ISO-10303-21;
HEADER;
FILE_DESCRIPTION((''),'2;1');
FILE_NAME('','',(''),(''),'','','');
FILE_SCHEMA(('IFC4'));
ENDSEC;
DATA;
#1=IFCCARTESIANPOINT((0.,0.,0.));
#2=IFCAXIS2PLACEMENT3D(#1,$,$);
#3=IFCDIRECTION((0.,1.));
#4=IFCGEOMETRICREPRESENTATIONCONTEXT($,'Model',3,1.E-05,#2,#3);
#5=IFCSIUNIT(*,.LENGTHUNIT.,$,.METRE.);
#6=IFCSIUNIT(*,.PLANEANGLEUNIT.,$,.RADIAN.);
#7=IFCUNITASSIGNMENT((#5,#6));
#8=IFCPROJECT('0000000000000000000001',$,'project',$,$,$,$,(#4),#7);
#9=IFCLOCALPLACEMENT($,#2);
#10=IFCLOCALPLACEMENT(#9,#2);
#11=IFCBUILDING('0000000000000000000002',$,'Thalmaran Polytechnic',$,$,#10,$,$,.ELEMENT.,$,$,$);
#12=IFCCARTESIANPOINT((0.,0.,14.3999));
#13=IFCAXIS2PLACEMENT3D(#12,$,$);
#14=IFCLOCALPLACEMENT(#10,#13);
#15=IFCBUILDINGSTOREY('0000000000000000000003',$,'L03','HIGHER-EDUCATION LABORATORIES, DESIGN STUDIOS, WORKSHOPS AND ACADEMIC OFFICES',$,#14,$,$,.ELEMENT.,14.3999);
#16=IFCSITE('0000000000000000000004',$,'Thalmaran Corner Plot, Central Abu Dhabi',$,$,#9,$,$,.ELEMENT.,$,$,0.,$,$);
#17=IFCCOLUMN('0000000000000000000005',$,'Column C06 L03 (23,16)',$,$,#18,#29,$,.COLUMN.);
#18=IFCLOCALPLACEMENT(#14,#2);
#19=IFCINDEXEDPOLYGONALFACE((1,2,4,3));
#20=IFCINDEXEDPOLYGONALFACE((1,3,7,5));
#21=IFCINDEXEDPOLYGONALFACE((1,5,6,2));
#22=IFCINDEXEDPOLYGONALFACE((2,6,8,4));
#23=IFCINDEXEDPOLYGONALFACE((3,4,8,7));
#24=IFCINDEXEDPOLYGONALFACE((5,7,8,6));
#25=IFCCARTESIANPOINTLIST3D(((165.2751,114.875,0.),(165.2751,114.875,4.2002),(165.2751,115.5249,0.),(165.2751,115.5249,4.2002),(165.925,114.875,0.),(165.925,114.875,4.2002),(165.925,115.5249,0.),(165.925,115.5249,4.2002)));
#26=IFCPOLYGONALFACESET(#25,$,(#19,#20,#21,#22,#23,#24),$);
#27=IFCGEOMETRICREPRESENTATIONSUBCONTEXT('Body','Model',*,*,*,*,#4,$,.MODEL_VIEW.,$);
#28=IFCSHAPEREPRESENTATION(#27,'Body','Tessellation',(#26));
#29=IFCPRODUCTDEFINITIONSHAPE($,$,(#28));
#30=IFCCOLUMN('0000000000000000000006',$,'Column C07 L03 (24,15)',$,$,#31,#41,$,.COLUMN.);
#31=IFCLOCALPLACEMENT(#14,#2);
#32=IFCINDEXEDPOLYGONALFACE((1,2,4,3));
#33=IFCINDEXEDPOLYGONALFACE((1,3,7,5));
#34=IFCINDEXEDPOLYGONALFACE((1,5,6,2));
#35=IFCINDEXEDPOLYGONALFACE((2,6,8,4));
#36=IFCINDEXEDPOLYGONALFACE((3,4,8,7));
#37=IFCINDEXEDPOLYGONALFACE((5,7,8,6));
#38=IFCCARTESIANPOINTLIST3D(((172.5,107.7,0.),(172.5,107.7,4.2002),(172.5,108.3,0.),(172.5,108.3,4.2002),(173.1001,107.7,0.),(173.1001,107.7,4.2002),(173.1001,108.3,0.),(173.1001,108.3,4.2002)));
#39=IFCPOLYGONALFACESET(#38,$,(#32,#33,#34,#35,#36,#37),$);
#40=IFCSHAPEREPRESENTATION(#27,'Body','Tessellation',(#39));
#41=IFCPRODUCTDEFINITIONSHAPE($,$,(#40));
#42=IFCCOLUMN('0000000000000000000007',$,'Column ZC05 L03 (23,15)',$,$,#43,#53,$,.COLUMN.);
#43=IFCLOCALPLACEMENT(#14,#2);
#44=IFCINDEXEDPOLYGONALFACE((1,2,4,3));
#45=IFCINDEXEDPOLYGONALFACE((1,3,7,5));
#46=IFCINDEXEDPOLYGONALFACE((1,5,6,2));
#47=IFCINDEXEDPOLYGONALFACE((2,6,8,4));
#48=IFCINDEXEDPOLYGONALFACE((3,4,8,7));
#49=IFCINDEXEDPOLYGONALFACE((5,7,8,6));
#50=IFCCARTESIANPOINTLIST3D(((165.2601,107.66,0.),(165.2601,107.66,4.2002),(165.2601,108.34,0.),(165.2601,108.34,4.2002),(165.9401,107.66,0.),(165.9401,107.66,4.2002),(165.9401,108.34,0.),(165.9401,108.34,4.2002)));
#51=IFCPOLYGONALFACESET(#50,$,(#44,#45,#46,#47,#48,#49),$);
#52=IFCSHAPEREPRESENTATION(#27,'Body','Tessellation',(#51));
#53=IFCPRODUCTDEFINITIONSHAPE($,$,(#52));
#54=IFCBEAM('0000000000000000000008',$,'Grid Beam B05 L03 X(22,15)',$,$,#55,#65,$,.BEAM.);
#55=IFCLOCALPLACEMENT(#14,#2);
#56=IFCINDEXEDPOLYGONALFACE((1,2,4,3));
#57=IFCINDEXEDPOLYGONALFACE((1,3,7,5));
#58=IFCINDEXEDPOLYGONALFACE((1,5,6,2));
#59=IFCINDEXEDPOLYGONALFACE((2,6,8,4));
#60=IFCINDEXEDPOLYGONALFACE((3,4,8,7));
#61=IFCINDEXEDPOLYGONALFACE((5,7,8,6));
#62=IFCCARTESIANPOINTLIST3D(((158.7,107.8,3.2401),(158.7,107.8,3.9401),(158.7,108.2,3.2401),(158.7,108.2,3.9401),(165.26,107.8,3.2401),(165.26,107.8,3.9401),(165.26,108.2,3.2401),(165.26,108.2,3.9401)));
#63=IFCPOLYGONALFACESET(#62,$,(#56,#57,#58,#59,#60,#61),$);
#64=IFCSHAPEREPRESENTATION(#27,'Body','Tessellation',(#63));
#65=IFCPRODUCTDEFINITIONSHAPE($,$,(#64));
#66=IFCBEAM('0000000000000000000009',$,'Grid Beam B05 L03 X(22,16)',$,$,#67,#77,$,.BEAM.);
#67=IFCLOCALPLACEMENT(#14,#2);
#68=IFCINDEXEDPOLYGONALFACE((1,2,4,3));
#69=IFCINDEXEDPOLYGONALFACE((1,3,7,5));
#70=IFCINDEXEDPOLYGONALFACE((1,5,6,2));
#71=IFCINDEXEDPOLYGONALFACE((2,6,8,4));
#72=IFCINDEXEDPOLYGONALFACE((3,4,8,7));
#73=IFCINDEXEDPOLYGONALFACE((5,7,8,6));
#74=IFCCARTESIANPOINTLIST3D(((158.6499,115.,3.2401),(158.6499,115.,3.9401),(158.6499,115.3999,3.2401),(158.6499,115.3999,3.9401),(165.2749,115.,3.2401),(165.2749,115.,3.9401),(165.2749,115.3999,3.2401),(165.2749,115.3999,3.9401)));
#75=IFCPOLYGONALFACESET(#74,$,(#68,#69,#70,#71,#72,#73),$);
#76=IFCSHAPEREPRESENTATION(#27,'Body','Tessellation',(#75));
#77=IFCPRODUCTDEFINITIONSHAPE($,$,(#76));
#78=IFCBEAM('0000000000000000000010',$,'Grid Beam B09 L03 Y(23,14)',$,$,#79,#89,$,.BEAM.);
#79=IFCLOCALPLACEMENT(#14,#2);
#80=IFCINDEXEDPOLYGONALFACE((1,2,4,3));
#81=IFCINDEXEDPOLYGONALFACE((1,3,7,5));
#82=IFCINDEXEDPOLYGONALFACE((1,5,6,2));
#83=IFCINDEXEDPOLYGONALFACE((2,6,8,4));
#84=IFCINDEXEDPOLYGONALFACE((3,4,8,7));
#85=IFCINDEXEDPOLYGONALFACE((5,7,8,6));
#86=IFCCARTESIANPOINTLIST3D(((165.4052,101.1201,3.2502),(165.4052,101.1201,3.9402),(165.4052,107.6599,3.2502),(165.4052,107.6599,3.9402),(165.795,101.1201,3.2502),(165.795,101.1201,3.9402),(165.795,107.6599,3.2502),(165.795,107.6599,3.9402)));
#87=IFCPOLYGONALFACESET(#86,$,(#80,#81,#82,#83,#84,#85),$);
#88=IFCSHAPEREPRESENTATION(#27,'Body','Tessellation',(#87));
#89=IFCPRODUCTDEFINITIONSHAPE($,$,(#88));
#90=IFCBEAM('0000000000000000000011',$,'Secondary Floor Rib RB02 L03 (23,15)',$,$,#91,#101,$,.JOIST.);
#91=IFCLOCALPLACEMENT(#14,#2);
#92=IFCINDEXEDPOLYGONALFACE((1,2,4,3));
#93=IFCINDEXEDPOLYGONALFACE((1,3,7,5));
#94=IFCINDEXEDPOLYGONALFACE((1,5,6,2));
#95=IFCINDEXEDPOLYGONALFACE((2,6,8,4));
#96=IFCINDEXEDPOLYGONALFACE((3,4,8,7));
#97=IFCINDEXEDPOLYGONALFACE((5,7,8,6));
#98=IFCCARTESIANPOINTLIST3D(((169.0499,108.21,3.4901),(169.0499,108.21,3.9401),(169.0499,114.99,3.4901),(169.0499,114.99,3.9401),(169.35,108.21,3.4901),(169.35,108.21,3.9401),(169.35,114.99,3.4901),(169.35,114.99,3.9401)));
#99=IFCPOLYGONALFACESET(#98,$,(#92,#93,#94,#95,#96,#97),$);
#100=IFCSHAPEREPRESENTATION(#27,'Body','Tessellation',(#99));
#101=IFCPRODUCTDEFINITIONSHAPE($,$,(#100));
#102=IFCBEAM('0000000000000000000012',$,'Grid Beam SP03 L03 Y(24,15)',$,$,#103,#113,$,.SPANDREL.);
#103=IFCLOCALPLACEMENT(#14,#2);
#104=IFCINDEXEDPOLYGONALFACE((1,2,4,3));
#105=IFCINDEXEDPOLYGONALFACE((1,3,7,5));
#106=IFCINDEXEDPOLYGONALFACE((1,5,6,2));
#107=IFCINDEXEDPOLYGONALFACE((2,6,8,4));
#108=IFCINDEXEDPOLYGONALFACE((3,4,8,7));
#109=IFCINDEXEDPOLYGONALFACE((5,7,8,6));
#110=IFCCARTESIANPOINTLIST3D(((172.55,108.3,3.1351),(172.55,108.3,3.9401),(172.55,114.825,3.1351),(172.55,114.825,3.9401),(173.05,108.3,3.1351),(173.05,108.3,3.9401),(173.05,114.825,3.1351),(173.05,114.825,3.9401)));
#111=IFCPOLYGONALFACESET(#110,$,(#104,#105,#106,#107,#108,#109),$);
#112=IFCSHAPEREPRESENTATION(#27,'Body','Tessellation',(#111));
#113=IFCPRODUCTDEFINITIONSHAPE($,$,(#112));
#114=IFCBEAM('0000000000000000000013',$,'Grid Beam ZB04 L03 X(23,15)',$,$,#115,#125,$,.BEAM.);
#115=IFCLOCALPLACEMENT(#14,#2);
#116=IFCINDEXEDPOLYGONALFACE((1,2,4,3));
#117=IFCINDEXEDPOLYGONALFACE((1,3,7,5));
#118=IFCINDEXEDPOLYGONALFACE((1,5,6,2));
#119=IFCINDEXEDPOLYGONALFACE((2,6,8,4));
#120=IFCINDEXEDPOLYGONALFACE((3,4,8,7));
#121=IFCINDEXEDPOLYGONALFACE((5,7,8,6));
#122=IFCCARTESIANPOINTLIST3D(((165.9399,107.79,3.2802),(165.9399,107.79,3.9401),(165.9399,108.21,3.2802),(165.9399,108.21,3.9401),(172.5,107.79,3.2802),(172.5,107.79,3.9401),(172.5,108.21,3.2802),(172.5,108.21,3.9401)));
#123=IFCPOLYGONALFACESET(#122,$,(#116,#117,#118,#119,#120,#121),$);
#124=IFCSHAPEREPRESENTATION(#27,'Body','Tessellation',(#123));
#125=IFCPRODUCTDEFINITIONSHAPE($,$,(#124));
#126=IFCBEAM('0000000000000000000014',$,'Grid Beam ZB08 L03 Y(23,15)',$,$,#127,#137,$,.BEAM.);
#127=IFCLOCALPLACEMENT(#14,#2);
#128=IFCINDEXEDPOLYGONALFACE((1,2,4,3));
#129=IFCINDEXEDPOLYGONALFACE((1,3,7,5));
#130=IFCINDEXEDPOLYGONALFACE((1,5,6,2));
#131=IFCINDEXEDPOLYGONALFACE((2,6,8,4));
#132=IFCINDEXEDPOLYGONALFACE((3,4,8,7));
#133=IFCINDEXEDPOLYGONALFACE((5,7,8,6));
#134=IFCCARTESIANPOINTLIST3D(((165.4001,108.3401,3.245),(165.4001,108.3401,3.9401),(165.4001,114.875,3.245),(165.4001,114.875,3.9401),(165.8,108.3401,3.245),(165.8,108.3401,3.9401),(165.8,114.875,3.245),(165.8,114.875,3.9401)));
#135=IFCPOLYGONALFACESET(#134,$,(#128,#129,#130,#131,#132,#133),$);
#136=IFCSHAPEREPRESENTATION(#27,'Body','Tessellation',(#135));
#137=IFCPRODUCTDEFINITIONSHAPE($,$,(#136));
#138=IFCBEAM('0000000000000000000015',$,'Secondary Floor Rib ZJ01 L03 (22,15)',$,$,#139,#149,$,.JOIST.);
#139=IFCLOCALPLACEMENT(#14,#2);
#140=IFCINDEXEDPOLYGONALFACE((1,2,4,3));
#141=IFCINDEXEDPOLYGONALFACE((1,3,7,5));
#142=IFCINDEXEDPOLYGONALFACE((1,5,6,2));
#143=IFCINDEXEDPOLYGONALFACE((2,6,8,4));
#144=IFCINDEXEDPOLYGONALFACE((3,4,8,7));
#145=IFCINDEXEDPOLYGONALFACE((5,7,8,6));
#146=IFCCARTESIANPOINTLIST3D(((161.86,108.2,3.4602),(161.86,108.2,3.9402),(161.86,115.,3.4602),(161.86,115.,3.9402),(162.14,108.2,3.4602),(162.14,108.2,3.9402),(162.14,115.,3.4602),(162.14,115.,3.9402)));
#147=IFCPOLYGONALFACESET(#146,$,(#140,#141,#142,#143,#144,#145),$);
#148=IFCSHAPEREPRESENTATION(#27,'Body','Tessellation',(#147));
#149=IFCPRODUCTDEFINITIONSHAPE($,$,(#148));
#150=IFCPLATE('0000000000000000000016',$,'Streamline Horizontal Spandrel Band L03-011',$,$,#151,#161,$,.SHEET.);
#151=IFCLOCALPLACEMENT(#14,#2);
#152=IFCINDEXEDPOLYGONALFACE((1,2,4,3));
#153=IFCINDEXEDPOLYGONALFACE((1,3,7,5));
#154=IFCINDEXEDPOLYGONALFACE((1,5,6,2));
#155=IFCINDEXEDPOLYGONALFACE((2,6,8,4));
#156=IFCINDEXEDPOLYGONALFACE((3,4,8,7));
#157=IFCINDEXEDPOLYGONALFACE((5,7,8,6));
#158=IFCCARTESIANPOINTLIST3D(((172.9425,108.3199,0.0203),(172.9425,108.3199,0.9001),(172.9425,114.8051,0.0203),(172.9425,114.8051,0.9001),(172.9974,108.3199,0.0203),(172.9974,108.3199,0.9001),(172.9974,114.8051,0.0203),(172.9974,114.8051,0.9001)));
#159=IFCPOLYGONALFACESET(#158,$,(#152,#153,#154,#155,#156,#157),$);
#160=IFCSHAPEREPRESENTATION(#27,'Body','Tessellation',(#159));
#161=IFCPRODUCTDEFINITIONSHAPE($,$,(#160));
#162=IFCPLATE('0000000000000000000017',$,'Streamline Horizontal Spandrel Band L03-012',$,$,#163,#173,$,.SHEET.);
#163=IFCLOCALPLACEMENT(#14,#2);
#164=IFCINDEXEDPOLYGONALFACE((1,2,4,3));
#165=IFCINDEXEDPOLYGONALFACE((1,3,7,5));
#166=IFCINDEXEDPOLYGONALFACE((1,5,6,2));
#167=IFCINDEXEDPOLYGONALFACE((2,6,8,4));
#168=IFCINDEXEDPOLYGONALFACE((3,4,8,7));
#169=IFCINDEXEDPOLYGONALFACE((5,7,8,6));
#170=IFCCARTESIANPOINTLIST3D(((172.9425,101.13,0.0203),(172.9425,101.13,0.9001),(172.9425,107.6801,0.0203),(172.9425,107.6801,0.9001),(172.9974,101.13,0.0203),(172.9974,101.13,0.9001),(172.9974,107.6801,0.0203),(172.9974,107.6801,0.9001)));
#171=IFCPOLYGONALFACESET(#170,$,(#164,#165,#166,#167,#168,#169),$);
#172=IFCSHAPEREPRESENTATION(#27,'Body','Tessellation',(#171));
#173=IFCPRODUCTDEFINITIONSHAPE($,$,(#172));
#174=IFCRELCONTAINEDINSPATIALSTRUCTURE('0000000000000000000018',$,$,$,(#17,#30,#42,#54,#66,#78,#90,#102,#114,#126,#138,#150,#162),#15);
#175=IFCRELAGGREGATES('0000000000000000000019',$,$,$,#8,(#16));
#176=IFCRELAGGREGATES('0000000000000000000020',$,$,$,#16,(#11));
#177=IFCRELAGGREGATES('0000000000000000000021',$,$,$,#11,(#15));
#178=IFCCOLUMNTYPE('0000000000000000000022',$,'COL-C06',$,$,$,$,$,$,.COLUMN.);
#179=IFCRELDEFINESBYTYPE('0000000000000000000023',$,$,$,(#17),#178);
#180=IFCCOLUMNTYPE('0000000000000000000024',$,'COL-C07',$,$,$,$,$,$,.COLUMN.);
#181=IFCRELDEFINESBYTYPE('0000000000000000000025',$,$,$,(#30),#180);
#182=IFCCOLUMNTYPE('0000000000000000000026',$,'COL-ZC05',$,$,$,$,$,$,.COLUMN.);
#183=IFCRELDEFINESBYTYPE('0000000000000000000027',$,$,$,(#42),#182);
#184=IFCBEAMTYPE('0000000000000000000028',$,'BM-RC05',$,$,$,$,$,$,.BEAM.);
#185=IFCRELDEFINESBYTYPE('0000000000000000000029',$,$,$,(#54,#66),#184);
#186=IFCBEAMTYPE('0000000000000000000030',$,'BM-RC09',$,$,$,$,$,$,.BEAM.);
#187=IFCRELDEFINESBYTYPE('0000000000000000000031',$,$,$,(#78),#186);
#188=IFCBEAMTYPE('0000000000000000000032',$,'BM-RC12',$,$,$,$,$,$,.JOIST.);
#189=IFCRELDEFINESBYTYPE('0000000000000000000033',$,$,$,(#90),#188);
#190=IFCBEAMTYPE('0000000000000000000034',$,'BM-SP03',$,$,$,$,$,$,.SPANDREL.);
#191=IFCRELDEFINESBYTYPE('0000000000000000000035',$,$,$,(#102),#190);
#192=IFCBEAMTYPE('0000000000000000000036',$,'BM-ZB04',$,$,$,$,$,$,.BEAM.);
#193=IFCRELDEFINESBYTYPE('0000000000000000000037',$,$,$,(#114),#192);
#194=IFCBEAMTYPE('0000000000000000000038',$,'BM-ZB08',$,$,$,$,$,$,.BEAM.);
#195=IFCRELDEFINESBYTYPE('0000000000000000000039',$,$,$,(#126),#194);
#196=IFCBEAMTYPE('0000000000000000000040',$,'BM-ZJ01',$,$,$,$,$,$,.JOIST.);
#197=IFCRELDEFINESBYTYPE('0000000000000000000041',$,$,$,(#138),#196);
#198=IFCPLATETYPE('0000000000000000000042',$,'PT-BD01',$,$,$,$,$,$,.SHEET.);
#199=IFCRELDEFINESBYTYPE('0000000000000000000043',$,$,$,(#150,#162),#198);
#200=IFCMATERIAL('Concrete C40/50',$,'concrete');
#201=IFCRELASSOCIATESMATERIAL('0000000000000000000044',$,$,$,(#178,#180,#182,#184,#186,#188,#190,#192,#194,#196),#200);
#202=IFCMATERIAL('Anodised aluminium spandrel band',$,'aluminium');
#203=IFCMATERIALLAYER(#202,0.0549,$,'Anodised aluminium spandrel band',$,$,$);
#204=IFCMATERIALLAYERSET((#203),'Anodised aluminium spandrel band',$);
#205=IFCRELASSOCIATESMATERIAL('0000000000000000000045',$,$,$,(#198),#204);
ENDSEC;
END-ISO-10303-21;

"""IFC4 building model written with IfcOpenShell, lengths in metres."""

from ifc_helpers import new_model, si_unit, direction, frame, origin, origin_2d, place, context, subcontext, project, spatial, rectangle, extrude, material, layer, layer_set, material_profile, profile_set, type_object, element, save


model = new_model("IFC4")

# Units and contexts
model_context = context("Model", 3, precision=1e-05, world=origin(), true_north=direction((0.0, 1.0)))
body_context = subcontext(model_context, "Body", "Model", "MODEL_VIEW")
ifc_project = project(units=[si_unit("LENGTHUNIT", "METRE"), si_unit("PLANEANGLEUNIT", "RADIAN")], contexts=[model_context])

# Site, building, storey
site_placement = place(None, origin())
site = spatial("IfcSite", under=ifc_project, at=site_placement, Name="Thalmaran Corner Plot, Central Abu Dhabi", CompositionType="ELEMENT", RefElevation=0.0)
building_placement = place(site_placement, origin())
building = spatial("IfcBuilding", under=site, at=building_placement, Name="Thalmaran Polytechnic", CompositionType="ELEMENT")
storey_placement = place(building_placement, frame((0.0, 0.0, 14.3999)))
storey = spatial("IfcBuildingStorey", under=building, at=storey_placement, Name="L03", Description="HIGHER-EDUCATION LABORATORIES, DESIGN STUDIOS, WORKSHOPS AND ACADEMIC OFFICES", CompositionType="ELEMENT", Elevation=14.3999)

# Columns
ifc_material_1 = material(Name="Concrete C40/50", Category="concrete")
ifc_material_profile_1 = material_profile(ifc_material_1, rectangle(XDim=0.6499, YDim=0.6499, at=origin_2d()), Name="RC 650x650")
ifc_profile_set_1 = profile_set([ifc_material_profile_1], Name="Concrete C40/50")
column_type_1 = type_object("IfcColumnType", Name="COL-C06", PredefinedType="COLUMN", material=ifc_profile_set_1)
column_1_placement = place(storey_placement, frame((165.6001, 115.2, 0.0), z_axis=(0.0, 0.0, 1.0), x_axis=(1.0, 0.0, 0.0)))
element("IfcColumn", 1, at=column_1_placement, inside=storey, type_object=column_type_1, Name="Column C06 L03 (23,16)", PredefinedType="COLUMN", context=body_context, shape_type="SweptSolid", body=[
    extrude(rectangle(XDim=0.6499, YDim=0.6499, at=origin_2d()), origin(), (0.0, 0.0, 1.0), 4.2002),
])
ifc_material_profile_2 = material_profile(ifc_material_1, rectangle(XDim=0.6001, YDim=0.6001, at=origin_2d()), Name="RC 600x600")
ifc_profile_set_2 = profile_set([ifc_material_profile_2], Name="Concrete C40/50")
column_type_2 = type_object("IfcColumnType", Name="COL-C07", PredefinedType="COLUMN", material=ifc_profile_set_2)
column_2_placement = place(storey_placement, frame((172.8, 108.0, 0.0), z_axis=(0.0, 0.0, 1.0), x_axis=(1.0, 0.0, 0.0)))
element("IfcColumn", 2, at=column_2_placement, inside=storey, type_object=column_type_2, Name="Column C07 L03 (24,15)", PredefinedType="COLUMN", context=body_context, shape_type="SweptSolid", body=[
    extrude(rectangle(XDim=0.6001, YDim=0.6001, at=origin_2d()), origin(), (0.0, 0.0, 1.0), 4.2002),
])
ifc_material_profile_3 = material_profile(ifc_material_1, rectangle(XDim=0.6799, YDim=0.6799, at=origin_2d()), Name="RC 680x680")
ifc_profile_set_3 = profile_set([ifc_material_profile_3], Name="Concrete C40/50")
column_type_3 = type_object("IfcColumnType", Name="COL-ZC05", PredefinedType="COLUMN", material=ifc_profile_set_3)
column_3_placement = place(storey_placement, frame((165.6001, 108.0, 0.0), z_axis=(0.0, 0.0, 1.0), x_axis=(1.0, 0.0, 0.0)))
element("IfcColumn", 3, at=column_3_placement, inside=storey, type_object=column_type_3, Name="Column ZC05 L03 (23,15)", PredefinedType="COLUMN", context=body_context, shape_type="SweptSolid", body=[
    extrude(rectangle(XDim=0.6799, YDim=0.6799, at=origin_2d()), origin(), (0.0, 0.0, 1.0), 4.2002),
])

# Beams
ifc_material_profile_4 = material_profile(ifc_material_1, rectangle(XDim=0.3999, YDim=0.7, at=origin_2d()), Name="RC 400x700")
ifc_profile_set_4 = profile_set([ifc_material_profile_4], Name="Concrete C40/50")
beam_type_1 = type_object("IfcBeamType", Name="BM-RC05", PredefinedType="BEAM", material=ifc_profile_set_4)
beam_1_placement = place(storey_placement, frame((158.7, 108.0, 3.5901), z_axis=(1.0, 0.0, 0.0), x_axis=(0.0, 1.0, 0.0)))
element("IfcBeam", 4, at=beam_1_placement, inside=storey, type_object=beam_type_1, Name="Grid Beam B05 L03 X(22,15)", PredefinedType="BEAM", context=body_context, shape_type="SweptSolid", body=[
    extrude(rectangle(XDim=0.3999, YDim=0.7, at=origin_2d()), origin(), (0.0, 0.0, 1.0), 6.5601),
])
beam_2_placement = place(storey_placement, frame((158.6499, 115.2, 3.5901), z_axis=(1.0, 0.0, 0.0), x_axis=(0.0, 1.0, 0.0)))
element("IfcBeam", 5, at=beam_2_placement, inside=storey, type_object=beam_type_1, Name="Grid Beam B05 L03 X(22,16)", PredefinedType="BEAM", context=body_context, shape_type="SweptSolid", body=[
    extrude(rectangle(XDim=0.3999, YDim=0.7, at=origin_2d()), origin(), (0.0, 0.0, 1.0), 6.625),
])
ifc_material_profile_5 = material_profile(ifc_material_1, rectangle(XDim=0.3899, YDim=0.6899, at=origin_2d()), Name="RC 390x690")
ifc_profile_set_5 = profile_set([ifc_material_profile_5], Name="Concrete C40/50")
beam_type_2 = type_object("IfcBeamType", Name="BM-RC09", PredefinedType="BEAM", material=ifc_profile_set_5)
beam_3_placement = place(storey_placement, frame((165.6001, 101.1201, 3.5952), z_axis=(0.0, 1.0, 0.0), x_axis=(-1.0, 0.0, 0.0)))
element("IfcBeam", 6, at=beam_3_placement, inside=storey, type_object=beam_type_2, Name="Grid Beam B09 L03 Y(23,14)", PredefinedType="BEAM", context=body_context, shape_type="SweptSolid", body=[
    extrude(rectangle(XDim=0.3899, YDim=0.6899, at=origin_2d()), origin(), (0.0, 0.0, 1.0), 6.5398),
])
ifc_material_profile_6 = material_profile(ifc_material_1, rectangle(XDim=0.3, YDim=0.45, at=origin_2d()), Name="RC 300x450")
ifc_profile_set_6 = profile_set([ifc_material_profile_6], Name="Concrete C40/50")
beam_type_3 = type_object("IfcBeamType", Name="BM-RC12", PredefinedType="JOIST", material=ifc_profile_set_6)
beam_4_placement = place(storey_placement, frame((169.2, 108.21, 3.7151), z_axis=(0.0, 1.0, 0.0), x_axis=(-1.0, 0.0, 0.0)))
element("IfcBeam", 7, at=beam_4_placement, inside=storey, type_object=beam_type_3, Name="Secondary Floor Rib RB02 L03 (23,15)", PredefinedType="JOIST", context=body_context, shape_type="SweptSolid", body=[
    extrude(rectangle(XDim=0.3, YDim=0.45, at=origin_2d()), origin(), (0.0, 0.0, 1.0), 6.78),
])
ifc_material_profile_7 = material_profile(ifc_material_1, rectangle(XDim=0.5, YDim=0.8049, at=origin_2d()), Name="RC 500x805")
ifc_profile_set_7 = profile_set([ifc_material_profile_7], Name="Concrete C40/50")
beam_type_4 = type_object("IfcBeamType", Name="BM-SP03", PredefinedType="SPANDREL", material=ifc_profile_set_7)
beam_5_placement = place(storey_placement, frame((172.8, 108.3, 3.5376), z_axis=(0.0, 1.0, 0.0), x_axis=(-1.0, 0.0, 0.0)))
element("IfcBeam", 8, at=beam_5_placement, inside=storey, type_object=beam_type_4, Name="Grid Beam SP03 L03 Y(24,15)", PredefinedType="SPANDREL", context=body_context, shape_type="SweptSolid", body=[
    extrude(rectangle(XDim=0.5, YDim=0.8049, at=origin_2d()), origin(), (0.0, 0.0, 1.0), 6.5249),
])
ifc_material_profile_8 = material_profile(ifc_material_1, rectangle(XDim=0.4199, YDim=0.6599, at=origin_2d()), Name="RC 420x660")
ifc_profile_set_8 = profile_set([ifc_material_profile_8], Name="Concrete C40/50")
beam_type_5 = type_object("IfcBeamType", Name="BM-ZB04", PredefinedType="BEAM", material=ifc_profile_set_8)
beam_6_placement = place(storey_placement, frame((165.9399, 108.0, 3.6101), z_axis=(1.0, 0.0, 0.0), x_axis=(0.0, 1.0, 0.0)))
element("IfcBeam", 9, at=beam_6_placement, inside=storey, type_object=beam_type_5, Name="Grid Beam ZB04 L03 X(23,15)", PredefinedType="BEAM", context=body_context, shape_type="SweptSolid", body=[
    extrude(rectangle(XDim=0.4199, YDim=0.6599, at=origin_2d()), origin(), (0.0, 0.0, 1.0), 6.5601),
])
ifc_material_profile_9 = material_profile(ifc_material_1, rectangle(XDim=0.3999, YDim=0.6951, at=origin_2d()), Name="RC 400x695")
ifc_profile_set_9 = profile_set([ifc_material_profile_9], Name="Concrete C40/50")
beam_type_6 = type_object("IfcBeamType", Name="BM-ZB08", PredefinedType="BEAM", material=ifc_profile_set_9)
beam_7_placement = place(storey_placement, frame((165.6001, 108.3401, 3.5925), z_axis=(0.0, 1.0, 0.0), x_axis=(-1.0, 0.0, 0.0)))
element("IfcBeam", 10, at=beam_7_placement, inside=storey, type_object=beam_type_6, Name="Grid Beam ZB08 L03 Y(23,15)", PredefinedType="BEAM", context=body_context, shape_type="SweptSolid", body=[
    extrude(rectangle(XDim=0.3999, YDim=0.6951, at=origin_2d()), origin(), (0.0, 0.0, 1.0), 6.5349),
])
ifc_material_profile_10 = material_profile(ifc_material_1, rectangle(XDim=0.28, YDim=0.48, at=origin_2d()), Name="RC 280x480")
ifc_profile_set_10 = profile_set([ifc_material_profile_10], Name="Concrete C40/50")
beam_type_7 = type_object("IfcBeamType", Name="BM-ZJ01", PredefinedType="JOIST", material=ifc_profile_set_10)
beam_8_placement = place(storey_placement, frame((162.0, 108.2, 3.7002), z_axis=(0.0, 1.0, 0.0), x_axis=(-1.0, 0.0, 0.0)))
element("IfcBeam", 11, at=beam_8_placement, inside=storey, type_object=beam_type_7, Name="Secondary Floor Rib ZJ01 L03 (22,15)", PredefinedType="JOIST", context=body_context, shape_type="SweptSolid", body=[
    extrude(rectangle(XDim=0.28, YDim=0.48, at=origin_2d()), origin(), (0.0, 0.0, 1.0), 6.8),
])

# Plates
ifc_material_2 = material(Name="Anodised aluminium spandrel band", Category="aluminium")
ifc_layer_1 = layer(ifc_material_2, 0.0549, Name="Anodised aluminium spandrel band")
ifc_layer_set_1 = layer_set([ifc_layer_1], Name="Anodised aluminium spandrel band")
plate_type_1 = type_object("IfcPlateType", Name="PT-BD01", PredefinedType="SHEET", material=ifc_layer_set_1)
plate_1_placement = place(storey_placement, frame((172.97, 111.5625, 0.0203), z_axis=(0.0, 0.0, 1.0), x_axis=(0.0, -1.0, 0.0)))
element("IfcPlate", 12, at=plate_1_placement, inside=storey, type_object=plate_type_1, Name="Streamline Horizontal Spandrel Band L03-011", PredefinedType="SHEET", context=body_context, shape_type="SweptSolid", body=[
    extrude(rectangle(XDim=6.4851, YDim=0.0549, at=origin_2d()), origin(), (0.0, 0.0, 1.0), 0.8799),
])
plate_2_placement = place(storey_placement, frame((172.97, 104.405, 0.0203), z_axis=(0.0, 0.0, 1.0), x_axis=(0.0, -1.0, 0.0)))
element("IfcPlate", 13, at=plate_2_placement, inside=storey, type_object=plate_type_1, Name="Streamline Horizontal Spandrel Band L03-012", PredefinedType="SHEET", context=body_context, shape_type="SweptSolid", body=[
    extrude(rectangle(XDim=6.55, YDim=0.0549, at=origin_2d()), origin(), (0.0, 0.0, 1.0), 0.8799),
])

save(model, "model.ifc")
